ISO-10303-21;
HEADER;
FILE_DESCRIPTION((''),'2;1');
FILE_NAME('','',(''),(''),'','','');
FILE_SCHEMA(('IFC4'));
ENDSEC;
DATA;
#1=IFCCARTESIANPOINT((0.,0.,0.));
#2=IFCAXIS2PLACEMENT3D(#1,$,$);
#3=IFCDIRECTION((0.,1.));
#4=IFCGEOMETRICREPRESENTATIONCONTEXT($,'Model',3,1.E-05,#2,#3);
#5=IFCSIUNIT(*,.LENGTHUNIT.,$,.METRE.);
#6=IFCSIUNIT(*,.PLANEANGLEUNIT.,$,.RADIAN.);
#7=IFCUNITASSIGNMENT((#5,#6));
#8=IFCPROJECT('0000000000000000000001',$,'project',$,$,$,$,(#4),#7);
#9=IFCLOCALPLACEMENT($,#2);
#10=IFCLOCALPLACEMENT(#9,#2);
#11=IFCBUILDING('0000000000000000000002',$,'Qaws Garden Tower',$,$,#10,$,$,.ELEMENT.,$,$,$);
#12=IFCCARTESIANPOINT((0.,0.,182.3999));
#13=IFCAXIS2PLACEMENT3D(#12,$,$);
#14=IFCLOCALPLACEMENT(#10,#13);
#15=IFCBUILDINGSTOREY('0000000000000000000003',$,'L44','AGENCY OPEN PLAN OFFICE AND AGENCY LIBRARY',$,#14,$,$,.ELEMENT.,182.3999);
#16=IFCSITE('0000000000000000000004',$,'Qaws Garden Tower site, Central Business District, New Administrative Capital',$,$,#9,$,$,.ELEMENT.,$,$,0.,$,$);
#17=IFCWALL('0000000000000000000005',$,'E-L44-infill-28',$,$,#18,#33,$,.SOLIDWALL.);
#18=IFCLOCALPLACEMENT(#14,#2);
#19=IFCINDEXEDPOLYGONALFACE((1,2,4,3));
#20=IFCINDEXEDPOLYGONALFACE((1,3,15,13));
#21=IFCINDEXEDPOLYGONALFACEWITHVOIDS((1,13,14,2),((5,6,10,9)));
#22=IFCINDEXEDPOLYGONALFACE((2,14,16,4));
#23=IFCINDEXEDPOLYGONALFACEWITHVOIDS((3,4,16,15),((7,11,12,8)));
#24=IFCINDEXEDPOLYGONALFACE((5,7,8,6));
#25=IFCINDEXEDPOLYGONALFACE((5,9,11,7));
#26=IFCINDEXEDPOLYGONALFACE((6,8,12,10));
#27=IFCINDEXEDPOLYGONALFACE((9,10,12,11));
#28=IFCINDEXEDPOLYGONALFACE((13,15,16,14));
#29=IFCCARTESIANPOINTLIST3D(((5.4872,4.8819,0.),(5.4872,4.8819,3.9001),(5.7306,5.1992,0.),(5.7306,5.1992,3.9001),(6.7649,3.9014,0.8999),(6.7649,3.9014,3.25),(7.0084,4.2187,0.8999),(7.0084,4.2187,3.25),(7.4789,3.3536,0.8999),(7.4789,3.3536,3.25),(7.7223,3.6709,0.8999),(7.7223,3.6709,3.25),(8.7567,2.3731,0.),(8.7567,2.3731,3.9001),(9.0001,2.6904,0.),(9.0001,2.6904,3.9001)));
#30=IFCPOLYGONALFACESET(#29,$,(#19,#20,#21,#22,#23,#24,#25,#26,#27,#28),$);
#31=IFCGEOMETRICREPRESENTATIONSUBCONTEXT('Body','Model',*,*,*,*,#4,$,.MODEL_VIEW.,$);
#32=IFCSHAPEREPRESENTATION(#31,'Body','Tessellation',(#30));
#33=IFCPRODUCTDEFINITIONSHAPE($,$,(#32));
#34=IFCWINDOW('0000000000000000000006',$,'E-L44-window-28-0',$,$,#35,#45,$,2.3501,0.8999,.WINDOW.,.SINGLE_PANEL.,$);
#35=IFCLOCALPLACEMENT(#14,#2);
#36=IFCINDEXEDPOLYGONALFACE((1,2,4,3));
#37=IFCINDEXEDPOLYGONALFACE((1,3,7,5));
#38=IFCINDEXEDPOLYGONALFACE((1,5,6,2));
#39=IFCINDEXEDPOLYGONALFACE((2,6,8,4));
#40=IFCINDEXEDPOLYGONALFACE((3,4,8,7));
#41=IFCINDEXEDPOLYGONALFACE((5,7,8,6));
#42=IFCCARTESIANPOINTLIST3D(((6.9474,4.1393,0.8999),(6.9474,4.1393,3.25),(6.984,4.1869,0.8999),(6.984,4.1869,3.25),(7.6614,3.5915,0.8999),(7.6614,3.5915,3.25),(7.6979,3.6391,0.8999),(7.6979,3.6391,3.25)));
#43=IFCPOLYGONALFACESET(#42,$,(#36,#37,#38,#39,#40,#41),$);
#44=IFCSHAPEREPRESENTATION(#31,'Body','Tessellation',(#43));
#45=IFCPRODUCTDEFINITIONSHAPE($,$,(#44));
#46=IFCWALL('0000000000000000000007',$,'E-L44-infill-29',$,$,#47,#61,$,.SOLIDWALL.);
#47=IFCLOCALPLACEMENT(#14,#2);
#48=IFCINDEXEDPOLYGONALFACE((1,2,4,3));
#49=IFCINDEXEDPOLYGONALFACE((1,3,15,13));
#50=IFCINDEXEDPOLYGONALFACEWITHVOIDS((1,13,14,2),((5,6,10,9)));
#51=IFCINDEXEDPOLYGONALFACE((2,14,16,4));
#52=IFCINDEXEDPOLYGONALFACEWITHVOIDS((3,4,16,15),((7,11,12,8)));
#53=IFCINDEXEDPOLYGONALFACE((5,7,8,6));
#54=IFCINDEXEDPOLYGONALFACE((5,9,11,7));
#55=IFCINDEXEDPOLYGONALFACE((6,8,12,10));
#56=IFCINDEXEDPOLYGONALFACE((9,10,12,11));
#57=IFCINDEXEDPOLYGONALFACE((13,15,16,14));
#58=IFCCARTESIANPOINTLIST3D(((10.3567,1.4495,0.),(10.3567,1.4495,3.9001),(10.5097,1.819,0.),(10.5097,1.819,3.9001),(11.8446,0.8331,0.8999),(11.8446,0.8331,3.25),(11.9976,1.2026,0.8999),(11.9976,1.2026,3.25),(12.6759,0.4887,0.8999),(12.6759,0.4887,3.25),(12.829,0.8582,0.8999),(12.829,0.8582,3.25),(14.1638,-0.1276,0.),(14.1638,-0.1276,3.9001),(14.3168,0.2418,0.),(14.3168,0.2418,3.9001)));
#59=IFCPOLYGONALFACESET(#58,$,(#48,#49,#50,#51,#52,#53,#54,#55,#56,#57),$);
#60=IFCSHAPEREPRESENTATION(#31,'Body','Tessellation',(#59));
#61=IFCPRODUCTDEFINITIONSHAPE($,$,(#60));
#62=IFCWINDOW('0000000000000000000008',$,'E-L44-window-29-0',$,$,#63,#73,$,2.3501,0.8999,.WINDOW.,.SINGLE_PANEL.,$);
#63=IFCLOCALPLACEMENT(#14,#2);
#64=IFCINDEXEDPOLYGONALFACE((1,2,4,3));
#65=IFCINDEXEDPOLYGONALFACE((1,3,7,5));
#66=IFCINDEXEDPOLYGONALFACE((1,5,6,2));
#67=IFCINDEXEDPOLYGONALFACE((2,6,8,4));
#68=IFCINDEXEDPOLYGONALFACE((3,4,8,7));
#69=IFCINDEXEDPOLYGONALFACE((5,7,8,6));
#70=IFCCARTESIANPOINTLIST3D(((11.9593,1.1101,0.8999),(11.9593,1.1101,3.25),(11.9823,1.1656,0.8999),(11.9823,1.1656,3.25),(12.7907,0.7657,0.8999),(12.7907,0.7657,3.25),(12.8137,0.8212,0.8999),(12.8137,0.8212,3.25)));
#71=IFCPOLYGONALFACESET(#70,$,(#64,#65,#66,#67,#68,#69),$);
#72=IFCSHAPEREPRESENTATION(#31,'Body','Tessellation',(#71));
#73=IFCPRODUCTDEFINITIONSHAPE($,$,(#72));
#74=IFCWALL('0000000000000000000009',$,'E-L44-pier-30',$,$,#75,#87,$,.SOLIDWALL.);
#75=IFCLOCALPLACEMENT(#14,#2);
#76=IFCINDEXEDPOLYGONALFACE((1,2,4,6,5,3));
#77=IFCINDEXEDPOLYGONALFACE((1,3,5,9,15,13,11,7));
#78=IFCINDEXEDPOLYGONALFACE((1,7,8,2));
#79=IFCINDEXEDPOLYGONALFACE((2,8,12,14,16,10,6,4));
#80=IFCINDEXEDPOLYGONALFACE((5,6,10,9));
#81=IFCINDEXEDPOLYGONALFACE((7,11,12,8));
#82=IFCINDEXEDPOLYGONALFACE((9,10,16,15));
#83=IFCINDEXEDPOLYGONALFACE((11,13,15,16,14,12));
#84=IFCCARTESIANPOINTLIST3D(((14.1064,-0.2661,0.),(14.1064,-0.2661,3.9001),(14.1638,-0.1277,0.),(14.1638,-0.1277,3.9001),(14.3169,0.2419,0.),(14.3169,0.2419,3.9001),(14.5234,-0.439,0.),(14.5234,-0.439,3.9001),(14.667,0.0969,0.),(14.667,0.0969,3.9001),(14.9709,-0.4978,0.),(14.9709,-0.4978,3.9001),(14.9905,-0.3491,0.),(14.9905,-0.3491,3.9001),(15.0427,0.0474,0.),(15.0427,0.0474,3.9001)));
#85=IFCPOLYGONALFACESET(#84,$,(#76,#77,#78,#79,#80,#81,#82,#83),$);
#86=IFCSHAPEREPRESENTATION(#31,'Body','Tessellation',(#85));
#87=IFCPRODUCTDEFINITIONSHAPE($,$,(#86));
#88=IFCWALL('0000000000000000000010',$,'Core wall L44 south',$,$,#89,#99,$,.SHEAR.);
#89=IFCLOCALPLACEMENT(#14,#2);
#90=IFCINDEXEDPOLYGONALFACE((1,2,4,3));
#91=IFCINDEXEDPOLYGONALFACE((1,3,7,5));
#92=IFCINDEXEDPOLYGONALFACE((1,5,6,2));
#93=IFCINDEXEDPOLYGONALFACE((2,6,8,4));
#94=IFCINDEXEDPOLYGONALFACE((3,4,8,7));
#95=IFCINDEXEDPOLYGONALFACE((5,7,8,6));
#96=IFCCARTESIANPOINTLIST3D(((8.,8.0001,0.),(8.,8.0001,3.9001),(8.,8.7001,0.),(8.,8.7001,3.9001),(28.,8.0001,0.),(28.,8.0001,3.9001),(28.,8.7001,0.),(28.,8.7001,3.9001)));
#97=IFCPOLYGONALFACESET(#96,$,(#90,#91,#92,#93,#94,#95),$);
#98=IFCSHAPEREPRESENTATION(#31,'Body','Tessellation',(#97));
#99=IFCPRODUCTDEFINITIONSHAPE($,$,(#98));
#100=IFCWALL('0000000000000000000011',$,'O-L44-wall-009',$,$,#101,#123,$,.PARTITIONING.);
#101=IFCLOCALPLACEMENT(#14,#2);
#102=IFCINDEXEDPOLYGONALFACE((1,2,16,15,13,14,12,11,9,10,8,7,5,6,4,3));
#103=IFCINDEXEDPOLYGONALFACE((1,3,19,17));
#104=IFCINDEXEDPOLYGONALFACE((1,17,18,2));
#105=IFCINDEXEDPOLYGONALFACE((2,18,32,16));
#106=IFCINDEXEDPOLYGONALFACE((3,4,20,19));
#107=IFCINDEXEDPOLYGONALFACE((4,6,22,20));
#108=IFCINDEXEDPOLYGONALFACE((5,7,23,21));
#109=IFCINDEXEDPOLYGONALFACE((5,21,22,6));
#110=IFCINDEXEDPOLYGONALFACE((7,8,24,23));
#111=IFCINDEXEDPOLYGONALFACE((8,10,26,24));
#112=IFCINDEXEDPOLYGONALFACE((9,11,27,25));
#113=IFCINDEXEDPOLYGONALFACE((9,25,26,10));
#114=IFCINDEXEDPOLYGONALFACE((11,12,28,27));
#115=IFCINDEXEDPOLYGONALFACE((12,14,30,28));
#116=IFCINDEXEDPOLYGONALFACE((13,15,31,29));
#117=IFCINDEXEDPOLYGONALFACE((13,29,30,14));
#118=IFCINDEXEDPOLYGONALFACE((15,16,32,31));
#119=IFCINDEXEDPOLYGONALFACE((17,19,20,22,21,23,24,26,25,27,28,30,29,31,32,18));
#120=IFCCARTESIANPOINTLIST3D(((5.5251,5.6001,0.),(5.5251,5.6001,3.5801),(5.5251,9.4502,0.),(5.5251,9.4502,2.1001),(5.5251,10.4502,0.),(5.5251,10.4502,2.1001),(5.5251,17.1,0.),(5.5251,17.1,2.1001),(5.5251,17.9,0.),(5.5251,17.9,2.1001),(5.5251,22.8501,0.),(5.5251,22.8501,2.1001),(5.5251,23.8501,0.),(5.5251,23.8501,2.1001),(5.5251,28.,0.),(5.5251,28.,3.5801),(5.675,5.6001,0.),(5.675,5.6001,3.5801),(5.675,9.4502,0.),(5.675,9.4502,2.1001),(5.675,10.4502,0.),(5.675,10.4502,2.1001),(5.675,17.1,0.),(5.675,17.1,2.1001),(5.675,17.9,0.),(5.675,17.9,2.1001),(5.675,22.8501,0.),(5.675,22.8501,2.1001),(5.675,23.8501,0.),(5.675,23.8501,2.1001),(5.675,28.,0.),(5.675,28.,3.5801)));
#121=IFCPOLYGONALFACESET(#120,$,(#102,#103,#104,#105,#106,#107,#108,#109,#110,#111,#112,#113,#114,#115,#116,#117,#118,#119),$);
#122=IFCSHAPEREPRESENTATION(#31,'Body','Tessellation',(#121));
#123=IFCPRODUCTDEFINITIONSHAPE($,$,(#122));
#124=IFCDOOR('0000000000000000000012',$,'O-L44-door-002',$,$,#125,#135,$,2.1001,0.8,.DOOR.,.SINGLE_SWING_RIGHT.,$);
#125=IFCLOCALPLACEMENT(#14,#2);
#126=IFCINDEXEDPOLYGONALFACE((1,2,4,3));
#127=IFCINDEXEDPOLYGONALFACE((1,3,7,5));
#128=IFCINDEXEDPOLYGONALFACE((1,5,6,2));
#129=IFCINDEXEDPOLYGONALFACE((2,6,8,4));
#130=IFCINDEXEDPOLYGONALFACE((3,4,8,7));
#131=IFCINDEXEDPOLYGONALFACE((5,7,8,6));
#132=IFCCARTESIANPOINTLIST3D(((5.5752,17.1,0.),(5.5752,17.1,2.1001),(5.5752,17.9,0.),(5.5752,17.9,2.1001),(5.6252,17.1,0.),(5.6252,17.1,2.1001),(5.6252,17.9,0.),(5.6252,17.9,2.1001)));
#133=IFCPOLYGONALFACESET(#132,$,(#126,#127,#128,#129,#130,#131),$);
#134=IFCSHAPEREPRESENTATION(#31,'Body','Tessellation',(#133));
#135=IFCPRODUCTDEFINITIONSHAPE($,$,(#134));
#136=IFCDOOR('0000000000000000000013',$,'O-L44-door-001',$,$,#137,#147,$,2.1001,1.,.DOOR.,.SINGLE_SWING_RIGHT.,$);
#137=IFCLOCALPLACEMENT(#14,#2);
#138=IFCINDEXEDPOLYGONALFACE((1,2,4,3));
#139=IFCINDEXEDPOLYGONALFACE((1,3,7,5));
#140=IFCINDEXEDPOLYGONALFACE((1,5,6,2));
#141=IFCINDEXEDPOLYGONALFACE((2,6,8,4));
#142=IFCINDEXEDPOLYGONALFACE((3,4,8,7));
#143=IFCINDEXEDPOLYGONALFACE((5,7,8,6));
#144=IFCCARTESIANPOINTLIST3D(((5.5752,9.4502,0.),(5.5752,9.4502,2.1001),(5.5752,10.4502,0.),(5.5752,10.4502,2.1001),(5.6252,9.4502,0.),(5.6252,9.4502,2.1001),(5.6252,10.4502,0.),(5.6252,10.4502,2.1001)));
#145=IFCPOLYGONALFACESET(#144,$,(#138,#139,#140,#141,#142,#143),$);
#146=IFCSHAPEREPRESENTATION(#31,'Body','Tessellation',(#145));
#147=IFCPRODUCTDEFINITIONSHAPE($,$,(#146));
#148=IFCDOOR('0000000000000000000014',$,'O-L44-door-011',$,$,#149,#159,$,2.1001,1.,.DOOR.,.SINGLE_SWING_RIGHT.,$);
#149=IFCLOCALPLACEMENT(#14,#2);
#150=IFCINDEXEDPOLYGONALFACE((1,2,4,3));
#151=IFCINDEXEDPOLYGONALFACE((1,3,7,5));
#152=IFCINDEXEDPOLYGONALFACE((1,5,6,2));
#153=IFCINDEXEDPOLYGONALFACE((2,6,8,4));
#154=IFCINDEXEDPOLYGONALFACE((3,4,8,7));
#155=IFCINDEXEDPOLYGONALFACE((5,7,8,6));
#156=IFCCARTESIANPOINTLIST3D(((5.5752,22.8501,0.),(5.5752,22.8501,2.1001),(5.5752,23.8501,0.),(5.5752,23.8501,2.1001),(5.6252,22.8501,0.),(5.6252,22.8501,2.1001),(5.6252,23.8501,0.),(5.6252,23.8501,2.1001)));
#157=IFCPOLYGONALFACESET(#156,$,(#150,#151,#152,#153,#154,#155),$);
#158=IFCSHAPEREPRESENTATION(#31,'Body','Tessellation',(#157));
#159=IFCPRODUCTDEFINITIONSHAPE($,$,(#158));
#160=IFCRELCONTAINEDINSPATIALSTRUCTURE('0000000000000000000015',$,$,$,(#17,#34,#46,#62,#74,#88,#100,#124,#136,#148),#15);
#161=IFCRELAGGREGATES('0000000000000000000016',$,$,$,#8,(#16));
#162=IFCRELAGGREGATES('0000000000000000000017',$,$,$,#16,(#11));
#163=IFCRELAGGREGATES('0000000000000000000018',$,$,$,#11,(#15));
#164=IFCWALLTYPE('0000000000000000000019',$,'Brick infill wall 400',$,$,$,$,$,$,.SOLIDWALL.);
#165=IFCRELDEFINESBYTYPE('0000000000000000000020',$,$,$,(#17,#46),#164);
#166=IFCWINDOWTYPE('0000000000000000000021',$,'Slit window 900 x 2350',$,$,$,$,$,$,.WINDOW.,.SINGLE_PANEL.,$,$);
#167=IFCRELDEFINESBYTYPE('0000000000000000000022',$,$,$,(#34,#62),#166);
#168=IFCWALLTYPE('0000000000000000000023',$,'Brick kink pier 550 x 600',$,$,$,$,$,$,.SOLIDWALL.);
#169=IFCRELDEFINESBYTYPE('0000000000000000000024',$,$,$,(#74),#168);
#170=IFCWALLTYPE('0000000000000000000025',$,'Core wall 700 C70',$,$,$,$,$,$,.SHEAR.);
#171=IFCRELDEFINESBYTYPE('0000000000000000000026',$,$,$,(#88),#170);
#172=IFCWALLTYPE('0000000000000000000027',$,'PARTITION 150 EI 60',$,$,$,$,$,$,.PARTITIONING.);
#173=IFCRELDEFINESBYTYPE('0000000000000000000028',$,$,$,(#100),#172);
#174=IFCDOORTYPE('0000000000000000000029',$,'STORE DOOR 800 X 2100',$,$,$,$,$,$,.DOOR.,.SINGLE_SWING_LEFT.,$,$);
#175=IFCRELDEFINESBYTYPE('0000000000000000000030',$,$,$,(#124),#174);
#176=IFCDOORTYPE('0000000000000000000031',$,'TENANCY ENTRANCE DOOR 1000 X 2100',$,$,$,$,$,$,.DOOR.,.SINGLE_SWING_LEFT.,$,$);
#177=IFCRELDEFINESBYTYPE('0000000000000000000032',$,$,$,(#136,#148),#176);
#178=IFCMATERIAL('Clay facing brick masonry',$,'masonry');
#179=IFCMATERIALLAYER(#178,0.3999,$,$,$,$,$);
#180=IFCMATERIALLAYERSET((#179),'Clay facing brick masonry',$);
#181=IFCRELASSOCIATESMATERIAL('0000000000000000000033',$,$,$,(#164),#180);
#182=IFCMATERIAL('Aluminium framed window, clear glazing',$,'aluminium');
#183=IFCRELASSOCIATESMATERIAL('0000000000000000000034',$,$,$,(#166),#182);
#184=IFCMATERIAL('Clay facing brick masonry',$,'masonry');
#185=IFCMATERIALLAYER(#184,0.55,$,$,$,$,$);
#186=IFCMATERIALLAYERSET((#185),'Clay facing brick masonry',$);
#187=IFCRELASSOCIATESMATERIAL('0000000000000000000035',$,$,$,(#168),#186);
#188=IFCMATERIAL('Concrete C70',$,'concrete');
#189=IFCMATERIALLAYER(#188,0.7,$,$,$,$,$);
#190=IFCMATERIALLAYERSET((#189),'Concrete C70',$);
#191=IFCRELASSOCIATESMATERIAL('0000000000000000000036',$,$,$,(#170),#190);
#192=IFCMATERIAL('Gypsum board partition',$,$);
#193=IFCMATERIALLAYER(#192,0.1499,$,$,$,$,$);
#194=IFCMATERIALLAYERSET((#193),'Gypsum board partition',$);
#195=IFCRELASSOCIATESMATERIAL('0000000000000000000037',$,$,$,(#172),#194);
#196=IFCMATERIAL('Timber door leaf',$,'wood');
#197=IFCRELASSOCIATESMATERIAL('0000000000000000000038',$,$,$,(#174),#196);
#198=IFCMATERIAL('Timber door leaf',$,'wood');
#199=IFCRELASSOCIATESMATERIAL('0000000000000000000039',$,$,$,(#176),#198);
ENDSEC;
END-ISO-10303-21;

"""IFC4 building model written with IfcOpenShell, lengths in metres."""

from ifc_helpers import new_model, si_unit, direction, frame, frame_2d, origin, place, context, subcontext, project, spatial, polyline, rectangle, outline, extrude, material, layer, layer_set, type_object, element, fill, save


model = new_model("IFC4")

# Units and contexts
model_context = context("Model", 3, precision=1e-05, world=origin(), true_north=direction((0.0, 1.0)))
body_context = subcontext(model_context, "Body", "Model", "MODEL_VIEW")
ifc_project = project(units=[si_unit("LENGTHUNIT", "METRE"), si_unit("PLANEANGLEUNIT", "RADIAN")], contexts=[model_context])

# Site, building, storey
site_placement = place(None, origin())
site = spatial("IfcSite", under=ifc_project, at=site_placement, Name="Qaws Garden Tower site, Central Business District, New Administrative Capital", CompositionType="ELEMENT", RefElevation=0.0)
building_placement = place(site_placement, origin())
building = spatial("IfcBuilding", under=site, at=building_placement, Name="Qaws Garden Tower", CompositionType="ELEMENT")
storey_placement = place(building_placement, frame((0.0, 0.0, 182.3999)))
storey = spatial("IfcBuildingStorey", under=building, at=storey_placement, Name="L44", Description="AGENCY OPEN PLAN OFFICE AND AGENCY LIBRARY", CompositionType="ELEMENT", Elevation=182.3999)

# Shared definitions
placement_1 = place(storey_placement, origin())

# Walls, openings, windows
ifc_material_1 = material(Name="Clay facing brick masonry", Category="masonry")
ifc_layer_1 = layer(ifc_material_1, 0.3999)
ifc_layer_set_1 = layer_set([ifc_layer_1], Name="Clay facing brick masonry")
wall_type_1 = type_object("IfcWallType", Name="Brick infill wall 400", PredefinedType="SOLIDWALL", material=ifc_layer_set_1)
ifc_material_2 = material(Name="Aluminium framed window, clear glazing", Category="aluminium")
window_type = type_object("IfcWindowType", Name="Slit window 900 x 2350", PartitioningType="SINGLE_PANEL", PredefinedType="WINDOW", material=ifc_material_2)
wall_1_placement = place(storey_placement, frame((5.6089, 5.0405, 0.0), z_axis=(0.0, 0.0, 1.0), x_axis=(0.793355, -0.60876, 0.0)))
wall_1 = element("IfcWall", 1, at=wall_1_placement, inside=storey, type_object=wall_type_1, Name="E-L44-infill-28", PredefinedType="SOLIDWALL", context=body_context, shape_type="SweptSolid", body=[
    extrude(rectangle(XDim=4.1211, YDim=0.3999, at=frame_2d((2.0605, 0.0))), origin(), (0.0, 0.0, 1.0), 3.9001),
])
opening_1_placement = place(wall_1_placement, frame((1.6106, 0.0, 0.8999)))
opening_1 = element("IfcOpeningElement", 2, at=opening_1_placement, cuts=wall_1, PredefinedType="OPENING", context=body_context, shape_type="SweptSolid", body=[
    extrude(rectangle(XDim=0.8999, YDim=2.3501, at=frame_2d((0.45, 1.175))), frame((0.0, 0.21, 0.0), z_axis=(0.0, -1.0, 0.0), x_axis=(1.0, 0.0, 0.0)), (0.0, 0.0, 1.0), 0.4199),
])
window_1_placement = place(opening_1_placement, origin())
window_1 = element("IfcWindow", 3, at=window_1_placement, inside=storey, type_object=window_type, Name="E-L44-window-28-0", OverallHeight=2.3501, OverallWidth=0.8999, PartitioningType="SINGLE_PANEL", PredefinedType="WINDOW", context=body_context, shape_type="SweptSolid", body=[
    extrude(rectangle(XDim=0.8999, YDim=2.3501, at=frame_2d((0.45, 1.175))), frame((0.0, 0.1599, 0.0), z_axis=(0.0, -1.0, 0.0), x_axis=(1.0, 0.0, 0.0)), (0.0, 0.0, 1.0), 0.0601),
])
fill(opening_1, window_1)
wall_2_placement = place(storey_placement, frame((10.4331, 1.6343, 0.0), z_axis=(0.0, 0.0, 1.0), x_axis=(0.923864, -0.382722, 0.0)))
wall_2 = element("IfcWall", 4, at=wall_2_placement, inside=storey, type_object=wall_type_1, Name="E-L44-infill-29", PredefinedType="SOLIDWALL", context=body_context, shape_type="SweptSolid", body=[
    extrude(rectangle(XDim=4.1208, YDim=0.3999, at=frame_2d((2.0605, 0.0))), origin(), (0.0, 0.0, 1.0), 3.9001),
])
opening_2_placement = place(wall_2_placement, frame((1.6106, 0.0, 0.8999)))
opening_2 = element("IfcOpeningElement", 5, at=opening_2_placement, cuts=wall_2, PredefinedType="OPENING", context=body_context, shape_type="SweptSolid", body=[
    extrude(rectangle(XDim=0.8999, YDim=2.3501, at=frame_2d((0.45, 1.175))), frame((0.0, 0.21, 0.0), z_axis=(0.0, -1.0, 0.0), x_axis=(1.0, 0.0, 0.0)), (0.0, 0.0, 1.0), 0.4199),
])
window_2_placement = place(opening_2_placement, origin())
window_2 = element("IfcWindow", 6, at=window_2_placement, inside=storey, type_object=window_type, Name="E-L44-window-29-0", OverallHeight=2.3501, OverallWidth=0.8999, PartitioningType="SINGLE_PANEL", PredefinedType="WINDOW", context=body_context, shape_type="SweptSolid", body=[
    extrude(rectangle(XDim=0.8999, YDim=2.3501, at=frame_2d((0.45, 1.175))), frame((0.0, 0.1599, 0.0), z_axis=(0.0, -1.0, 0.0), x_axis=(1.0, 0.0, 0.0)), (0.0, 0.0, 1.0), 0.0601),
])
fill(opening_2, window_2)

# Walls
ifc_material_3 = material(Name="Clay facing brick masonry", Category="masonry")
ifc_layer_2 = layer(ifc_material_3, 0.55)
ifc_layer_set_2 = layer_set([ifc_layer_2], Name="Clay facing brick masonry")
wall_type_2 = type_object("IfcWallType", Name="Brick kink pier 550 x 600", PredefinedType="SOLIDWALL", material=ifc_layer_set_2)
element("IfcWall", 7, at=placement_1, inside=storey, type_object=wall_type_2, Name="E-L44-pier-30", PredefinedType="SOLIDWALL", context=body_context, shape_type="SweptSolid", body=[
    extrude(outline(polyline([(14.1638, -0.1277), (14.1064, -0.2661), (14.5234, -0.439), (14.9709, -0.4978), (14.9905, -0.3491), (15.0427, 0.0474), (14.667, 0.0969), (14.3169, 0.2419), (14.1638, -0.1277)])), origin(), (0.0, 0.0, 1.0), 3.9001),
])
ifc_material_4 = material(Name="Concrete C70", Category="concrete")
ifc_layer_3 = layer(ifc_material_4, 0.7)
ifc_layer_set_3 = layer_set([ifc_layer_3], Name="Concrete C70")
wall_type_3 = type_object("IfcWallType", Name="Core wall 700 C70", PredefinedType="SHEAR", material=ifc_layer_set_3)
wall_3_placement = place(storey_placement, frame((8.0, 8.3501, 0.0), z_axis=(0.0, 0.0, 1.0), x_axis=(1.0, 0.0, 0.0)))
element("IfcWall", 8, at=wall_3_placement, inside=storey, type_object=wall_type_3, Name="Core wall L44 south", PredefinedType="SHEAR", context=body_context, shape_type="SweptSolid", body=[
    extrude(rectangle(XDim=20.0, YDim=0.7, at=frame_2d((10.0, 0.0))), origin(), (0.0, 0.0, 1.0), 3.9001),
])

# Wall, openings, doors
ifc_material_5 = material(Name="Gypsum board partition")
ifc_layer_4 = layer(ifc_material_5, 0.1499)
ifc_layer_set_4 = layer_set([ifc_layer_4], Name="Gypsum board partition")
wall_type_4 = type_object("IfcWallType", Name="PARTITION 150 EI 60", PredefinedType="PARTITIONING", material=ifc_layer_set_4)
wall_4_placement = place(storey_placement, frame((5.6001, 5.6001, 0.0), z_axis=(0.0, 0.0, 1.0), x_axis=(0.0, 1.0, 0.0)))
wall_4 = element("IfcWall", 9, at=wall_4_placement, inside=storey, type_object=wall_type_4, Name="O-L44-wall-009", PredefinedType="PARTITIONING", context=body_context, shape_type="SweptSolid", body=[
    extrude(rectangle(XDim=22.3999, YDim=0.1499, at=frame_2d((11.2, 0.0))), origin(), (0.0, 0.0, 1.0), 3.5801),
])
opening_3_placement = place(wall_4_placement, frame((3.8501, 0.0, 0.0)))
opening_3 = element("IfcOpeningElement", 10, at=opening_3_placement, cuts=wall_4, PredefinedType="OPENING", context=body_context, shape_type="SweptSolid", body=[
    extrude(rectangle(XDim=1.0, YDim=2.1001, at=frame_2d((0.5, 1.05))), frame((0.0, 0.085, 0.0), z_axis=(0.0, -1.0, 0.0), x_axis=(1.0, 0.0, 0.0)), (0.0, 0.0, 1.0), 0.1699),
])
opening_4_placement = place(wall_4_placement, frame((11.5, 0.0, 0.0)))
opening_4 = element("IfcOpeningElement", 11, at=opening_4_placement, cuts=wall_4, PredefinedType="OPENING", context=body_context, shape_type="SweptSolid", body=[
    extrude(rectangle(XDim=0.8, YDim=2.1001, at=frame_2d((0.3999, 1.05))), frame((0.0, 0.085, 0.0), z_axis=(0.0, -1.0, 0.0), x_axis=(1.0, 0.0, 0.0)), (0.0, 0.0, 1.0), 0.1699),
])
opening_5_placement = place(wall_4_placement, frame((17.25, 0.0, 0.0)))
opening_5 = element("IfcOpeningElement", 12, at=opening_5_placement, cuts=wall_4, PredefinedType="OPENING", context=body_context, shape_type="SweptSolid", body=[
    extrude(rectangle(XDim=1.0, YDim=2.1001, at=frame_2d((0.5, 1.05))), frame((0.0, 0.085, 0.0), z_axis=(0.0, -1.0, 0.0), x_axis=(1.0, 0.0, 0.0)), (0.0, 0.0, 1.0), 0.1699),
])
ifc_material_6 = material(Name="Timber door leaf", Category="wood")
door_type_1 = type_object("IfcDoorType", Name="STORE DOOR 800 X 2100", OperationType="SINGLE_SWING_LEFT", PredefinedType="DOOR", material=ifc_material_6)
door_1_placement = place(opening_4_placement, origin())
door_1 = element("IfcDoor", 13, at=door_1_placement, inside=storey, type_object=door_type_1, Name="O-L44-door-002", OperationType="SINGLE_SWING_RIGHT", OverallHeight=2.1001, OverallWidth=0.8, PredefinedType="DOOR", context=body_context, shape_type="SweptSolid", body=[
    extrude(rectangle(XDim=0.8, YDim=2.1001, at=frame_2d((0.3999, 1.05))), frame((0.0, 0.0249, 0.0), z_axis=(0.0, -1.0, 0.0), x_axis=(1.0, 0.0, 0.0)), (0.0, 0.0, 1.0), 0.05),
])
fill(opening_4, door_1)
ifc_material_7 = material(Name="Timber door leaf", Category="wood")
door_type_2 = type_object("IfcDoorType", Name="TENANCY ENTRANCE DOOR 1000 X 2100", OperationType="SINGLE_SWING_LEFT", PredefinedType="DOOR", material=ifc_material_7)
door_2_placement = place(opening_3_placement, origin())
door_2 = element("IfcDoor", 14, at=door_2_placement, inside=storey, type_object=door_type_2, Name="O-L44-door-001", OperationType="SINGLE_SWING_RIGHT", OverallHeight=2.1001, OverallWidth=1.0, PredefinedType="DOOR", context=body_context, shape_type="SweptSolid", body=[
    extrude(rectangle(XDim=1.0, YDim=2.1001, at=frame_2d((0.5, 1.05))), frame((0.0, 0.0249, 0.0), z_axis=(0.0, -1.0, 0.0), x_axis=(1.0, 0.0, 0.0)), (0.0, 0.0, 1.0), 0.05),
])
fill(opening_3, door_2)
door_3_placement = place(opening_5_placement, origin())
door_3 = element("IfcDoor", 15, at=door_3_placement, inside=storey, type_object=door_type_2, Name="O-L44-door-011", OperationType="SINGLE_SWING_RIGHT", OverallHeight=2.1001, OverallWidth=1.0, PredefinedType="DOOR", context=body_context, shape_type="SweptSolid", body=[
    extrude(rectangle(XDim=1.0, YDim=2.1001, at=frame_2d((0.5, 1.05))), frame((0.0, 0.0249, 0.0), z_axis=(0.0, -1.0, 0.0), x_axis=(1.0, 0.0, 0.0)), (0.0, 0.0, 1.0), 0.05),
])
fill(opening_5, door_3)

save(model, "model.ifc")
